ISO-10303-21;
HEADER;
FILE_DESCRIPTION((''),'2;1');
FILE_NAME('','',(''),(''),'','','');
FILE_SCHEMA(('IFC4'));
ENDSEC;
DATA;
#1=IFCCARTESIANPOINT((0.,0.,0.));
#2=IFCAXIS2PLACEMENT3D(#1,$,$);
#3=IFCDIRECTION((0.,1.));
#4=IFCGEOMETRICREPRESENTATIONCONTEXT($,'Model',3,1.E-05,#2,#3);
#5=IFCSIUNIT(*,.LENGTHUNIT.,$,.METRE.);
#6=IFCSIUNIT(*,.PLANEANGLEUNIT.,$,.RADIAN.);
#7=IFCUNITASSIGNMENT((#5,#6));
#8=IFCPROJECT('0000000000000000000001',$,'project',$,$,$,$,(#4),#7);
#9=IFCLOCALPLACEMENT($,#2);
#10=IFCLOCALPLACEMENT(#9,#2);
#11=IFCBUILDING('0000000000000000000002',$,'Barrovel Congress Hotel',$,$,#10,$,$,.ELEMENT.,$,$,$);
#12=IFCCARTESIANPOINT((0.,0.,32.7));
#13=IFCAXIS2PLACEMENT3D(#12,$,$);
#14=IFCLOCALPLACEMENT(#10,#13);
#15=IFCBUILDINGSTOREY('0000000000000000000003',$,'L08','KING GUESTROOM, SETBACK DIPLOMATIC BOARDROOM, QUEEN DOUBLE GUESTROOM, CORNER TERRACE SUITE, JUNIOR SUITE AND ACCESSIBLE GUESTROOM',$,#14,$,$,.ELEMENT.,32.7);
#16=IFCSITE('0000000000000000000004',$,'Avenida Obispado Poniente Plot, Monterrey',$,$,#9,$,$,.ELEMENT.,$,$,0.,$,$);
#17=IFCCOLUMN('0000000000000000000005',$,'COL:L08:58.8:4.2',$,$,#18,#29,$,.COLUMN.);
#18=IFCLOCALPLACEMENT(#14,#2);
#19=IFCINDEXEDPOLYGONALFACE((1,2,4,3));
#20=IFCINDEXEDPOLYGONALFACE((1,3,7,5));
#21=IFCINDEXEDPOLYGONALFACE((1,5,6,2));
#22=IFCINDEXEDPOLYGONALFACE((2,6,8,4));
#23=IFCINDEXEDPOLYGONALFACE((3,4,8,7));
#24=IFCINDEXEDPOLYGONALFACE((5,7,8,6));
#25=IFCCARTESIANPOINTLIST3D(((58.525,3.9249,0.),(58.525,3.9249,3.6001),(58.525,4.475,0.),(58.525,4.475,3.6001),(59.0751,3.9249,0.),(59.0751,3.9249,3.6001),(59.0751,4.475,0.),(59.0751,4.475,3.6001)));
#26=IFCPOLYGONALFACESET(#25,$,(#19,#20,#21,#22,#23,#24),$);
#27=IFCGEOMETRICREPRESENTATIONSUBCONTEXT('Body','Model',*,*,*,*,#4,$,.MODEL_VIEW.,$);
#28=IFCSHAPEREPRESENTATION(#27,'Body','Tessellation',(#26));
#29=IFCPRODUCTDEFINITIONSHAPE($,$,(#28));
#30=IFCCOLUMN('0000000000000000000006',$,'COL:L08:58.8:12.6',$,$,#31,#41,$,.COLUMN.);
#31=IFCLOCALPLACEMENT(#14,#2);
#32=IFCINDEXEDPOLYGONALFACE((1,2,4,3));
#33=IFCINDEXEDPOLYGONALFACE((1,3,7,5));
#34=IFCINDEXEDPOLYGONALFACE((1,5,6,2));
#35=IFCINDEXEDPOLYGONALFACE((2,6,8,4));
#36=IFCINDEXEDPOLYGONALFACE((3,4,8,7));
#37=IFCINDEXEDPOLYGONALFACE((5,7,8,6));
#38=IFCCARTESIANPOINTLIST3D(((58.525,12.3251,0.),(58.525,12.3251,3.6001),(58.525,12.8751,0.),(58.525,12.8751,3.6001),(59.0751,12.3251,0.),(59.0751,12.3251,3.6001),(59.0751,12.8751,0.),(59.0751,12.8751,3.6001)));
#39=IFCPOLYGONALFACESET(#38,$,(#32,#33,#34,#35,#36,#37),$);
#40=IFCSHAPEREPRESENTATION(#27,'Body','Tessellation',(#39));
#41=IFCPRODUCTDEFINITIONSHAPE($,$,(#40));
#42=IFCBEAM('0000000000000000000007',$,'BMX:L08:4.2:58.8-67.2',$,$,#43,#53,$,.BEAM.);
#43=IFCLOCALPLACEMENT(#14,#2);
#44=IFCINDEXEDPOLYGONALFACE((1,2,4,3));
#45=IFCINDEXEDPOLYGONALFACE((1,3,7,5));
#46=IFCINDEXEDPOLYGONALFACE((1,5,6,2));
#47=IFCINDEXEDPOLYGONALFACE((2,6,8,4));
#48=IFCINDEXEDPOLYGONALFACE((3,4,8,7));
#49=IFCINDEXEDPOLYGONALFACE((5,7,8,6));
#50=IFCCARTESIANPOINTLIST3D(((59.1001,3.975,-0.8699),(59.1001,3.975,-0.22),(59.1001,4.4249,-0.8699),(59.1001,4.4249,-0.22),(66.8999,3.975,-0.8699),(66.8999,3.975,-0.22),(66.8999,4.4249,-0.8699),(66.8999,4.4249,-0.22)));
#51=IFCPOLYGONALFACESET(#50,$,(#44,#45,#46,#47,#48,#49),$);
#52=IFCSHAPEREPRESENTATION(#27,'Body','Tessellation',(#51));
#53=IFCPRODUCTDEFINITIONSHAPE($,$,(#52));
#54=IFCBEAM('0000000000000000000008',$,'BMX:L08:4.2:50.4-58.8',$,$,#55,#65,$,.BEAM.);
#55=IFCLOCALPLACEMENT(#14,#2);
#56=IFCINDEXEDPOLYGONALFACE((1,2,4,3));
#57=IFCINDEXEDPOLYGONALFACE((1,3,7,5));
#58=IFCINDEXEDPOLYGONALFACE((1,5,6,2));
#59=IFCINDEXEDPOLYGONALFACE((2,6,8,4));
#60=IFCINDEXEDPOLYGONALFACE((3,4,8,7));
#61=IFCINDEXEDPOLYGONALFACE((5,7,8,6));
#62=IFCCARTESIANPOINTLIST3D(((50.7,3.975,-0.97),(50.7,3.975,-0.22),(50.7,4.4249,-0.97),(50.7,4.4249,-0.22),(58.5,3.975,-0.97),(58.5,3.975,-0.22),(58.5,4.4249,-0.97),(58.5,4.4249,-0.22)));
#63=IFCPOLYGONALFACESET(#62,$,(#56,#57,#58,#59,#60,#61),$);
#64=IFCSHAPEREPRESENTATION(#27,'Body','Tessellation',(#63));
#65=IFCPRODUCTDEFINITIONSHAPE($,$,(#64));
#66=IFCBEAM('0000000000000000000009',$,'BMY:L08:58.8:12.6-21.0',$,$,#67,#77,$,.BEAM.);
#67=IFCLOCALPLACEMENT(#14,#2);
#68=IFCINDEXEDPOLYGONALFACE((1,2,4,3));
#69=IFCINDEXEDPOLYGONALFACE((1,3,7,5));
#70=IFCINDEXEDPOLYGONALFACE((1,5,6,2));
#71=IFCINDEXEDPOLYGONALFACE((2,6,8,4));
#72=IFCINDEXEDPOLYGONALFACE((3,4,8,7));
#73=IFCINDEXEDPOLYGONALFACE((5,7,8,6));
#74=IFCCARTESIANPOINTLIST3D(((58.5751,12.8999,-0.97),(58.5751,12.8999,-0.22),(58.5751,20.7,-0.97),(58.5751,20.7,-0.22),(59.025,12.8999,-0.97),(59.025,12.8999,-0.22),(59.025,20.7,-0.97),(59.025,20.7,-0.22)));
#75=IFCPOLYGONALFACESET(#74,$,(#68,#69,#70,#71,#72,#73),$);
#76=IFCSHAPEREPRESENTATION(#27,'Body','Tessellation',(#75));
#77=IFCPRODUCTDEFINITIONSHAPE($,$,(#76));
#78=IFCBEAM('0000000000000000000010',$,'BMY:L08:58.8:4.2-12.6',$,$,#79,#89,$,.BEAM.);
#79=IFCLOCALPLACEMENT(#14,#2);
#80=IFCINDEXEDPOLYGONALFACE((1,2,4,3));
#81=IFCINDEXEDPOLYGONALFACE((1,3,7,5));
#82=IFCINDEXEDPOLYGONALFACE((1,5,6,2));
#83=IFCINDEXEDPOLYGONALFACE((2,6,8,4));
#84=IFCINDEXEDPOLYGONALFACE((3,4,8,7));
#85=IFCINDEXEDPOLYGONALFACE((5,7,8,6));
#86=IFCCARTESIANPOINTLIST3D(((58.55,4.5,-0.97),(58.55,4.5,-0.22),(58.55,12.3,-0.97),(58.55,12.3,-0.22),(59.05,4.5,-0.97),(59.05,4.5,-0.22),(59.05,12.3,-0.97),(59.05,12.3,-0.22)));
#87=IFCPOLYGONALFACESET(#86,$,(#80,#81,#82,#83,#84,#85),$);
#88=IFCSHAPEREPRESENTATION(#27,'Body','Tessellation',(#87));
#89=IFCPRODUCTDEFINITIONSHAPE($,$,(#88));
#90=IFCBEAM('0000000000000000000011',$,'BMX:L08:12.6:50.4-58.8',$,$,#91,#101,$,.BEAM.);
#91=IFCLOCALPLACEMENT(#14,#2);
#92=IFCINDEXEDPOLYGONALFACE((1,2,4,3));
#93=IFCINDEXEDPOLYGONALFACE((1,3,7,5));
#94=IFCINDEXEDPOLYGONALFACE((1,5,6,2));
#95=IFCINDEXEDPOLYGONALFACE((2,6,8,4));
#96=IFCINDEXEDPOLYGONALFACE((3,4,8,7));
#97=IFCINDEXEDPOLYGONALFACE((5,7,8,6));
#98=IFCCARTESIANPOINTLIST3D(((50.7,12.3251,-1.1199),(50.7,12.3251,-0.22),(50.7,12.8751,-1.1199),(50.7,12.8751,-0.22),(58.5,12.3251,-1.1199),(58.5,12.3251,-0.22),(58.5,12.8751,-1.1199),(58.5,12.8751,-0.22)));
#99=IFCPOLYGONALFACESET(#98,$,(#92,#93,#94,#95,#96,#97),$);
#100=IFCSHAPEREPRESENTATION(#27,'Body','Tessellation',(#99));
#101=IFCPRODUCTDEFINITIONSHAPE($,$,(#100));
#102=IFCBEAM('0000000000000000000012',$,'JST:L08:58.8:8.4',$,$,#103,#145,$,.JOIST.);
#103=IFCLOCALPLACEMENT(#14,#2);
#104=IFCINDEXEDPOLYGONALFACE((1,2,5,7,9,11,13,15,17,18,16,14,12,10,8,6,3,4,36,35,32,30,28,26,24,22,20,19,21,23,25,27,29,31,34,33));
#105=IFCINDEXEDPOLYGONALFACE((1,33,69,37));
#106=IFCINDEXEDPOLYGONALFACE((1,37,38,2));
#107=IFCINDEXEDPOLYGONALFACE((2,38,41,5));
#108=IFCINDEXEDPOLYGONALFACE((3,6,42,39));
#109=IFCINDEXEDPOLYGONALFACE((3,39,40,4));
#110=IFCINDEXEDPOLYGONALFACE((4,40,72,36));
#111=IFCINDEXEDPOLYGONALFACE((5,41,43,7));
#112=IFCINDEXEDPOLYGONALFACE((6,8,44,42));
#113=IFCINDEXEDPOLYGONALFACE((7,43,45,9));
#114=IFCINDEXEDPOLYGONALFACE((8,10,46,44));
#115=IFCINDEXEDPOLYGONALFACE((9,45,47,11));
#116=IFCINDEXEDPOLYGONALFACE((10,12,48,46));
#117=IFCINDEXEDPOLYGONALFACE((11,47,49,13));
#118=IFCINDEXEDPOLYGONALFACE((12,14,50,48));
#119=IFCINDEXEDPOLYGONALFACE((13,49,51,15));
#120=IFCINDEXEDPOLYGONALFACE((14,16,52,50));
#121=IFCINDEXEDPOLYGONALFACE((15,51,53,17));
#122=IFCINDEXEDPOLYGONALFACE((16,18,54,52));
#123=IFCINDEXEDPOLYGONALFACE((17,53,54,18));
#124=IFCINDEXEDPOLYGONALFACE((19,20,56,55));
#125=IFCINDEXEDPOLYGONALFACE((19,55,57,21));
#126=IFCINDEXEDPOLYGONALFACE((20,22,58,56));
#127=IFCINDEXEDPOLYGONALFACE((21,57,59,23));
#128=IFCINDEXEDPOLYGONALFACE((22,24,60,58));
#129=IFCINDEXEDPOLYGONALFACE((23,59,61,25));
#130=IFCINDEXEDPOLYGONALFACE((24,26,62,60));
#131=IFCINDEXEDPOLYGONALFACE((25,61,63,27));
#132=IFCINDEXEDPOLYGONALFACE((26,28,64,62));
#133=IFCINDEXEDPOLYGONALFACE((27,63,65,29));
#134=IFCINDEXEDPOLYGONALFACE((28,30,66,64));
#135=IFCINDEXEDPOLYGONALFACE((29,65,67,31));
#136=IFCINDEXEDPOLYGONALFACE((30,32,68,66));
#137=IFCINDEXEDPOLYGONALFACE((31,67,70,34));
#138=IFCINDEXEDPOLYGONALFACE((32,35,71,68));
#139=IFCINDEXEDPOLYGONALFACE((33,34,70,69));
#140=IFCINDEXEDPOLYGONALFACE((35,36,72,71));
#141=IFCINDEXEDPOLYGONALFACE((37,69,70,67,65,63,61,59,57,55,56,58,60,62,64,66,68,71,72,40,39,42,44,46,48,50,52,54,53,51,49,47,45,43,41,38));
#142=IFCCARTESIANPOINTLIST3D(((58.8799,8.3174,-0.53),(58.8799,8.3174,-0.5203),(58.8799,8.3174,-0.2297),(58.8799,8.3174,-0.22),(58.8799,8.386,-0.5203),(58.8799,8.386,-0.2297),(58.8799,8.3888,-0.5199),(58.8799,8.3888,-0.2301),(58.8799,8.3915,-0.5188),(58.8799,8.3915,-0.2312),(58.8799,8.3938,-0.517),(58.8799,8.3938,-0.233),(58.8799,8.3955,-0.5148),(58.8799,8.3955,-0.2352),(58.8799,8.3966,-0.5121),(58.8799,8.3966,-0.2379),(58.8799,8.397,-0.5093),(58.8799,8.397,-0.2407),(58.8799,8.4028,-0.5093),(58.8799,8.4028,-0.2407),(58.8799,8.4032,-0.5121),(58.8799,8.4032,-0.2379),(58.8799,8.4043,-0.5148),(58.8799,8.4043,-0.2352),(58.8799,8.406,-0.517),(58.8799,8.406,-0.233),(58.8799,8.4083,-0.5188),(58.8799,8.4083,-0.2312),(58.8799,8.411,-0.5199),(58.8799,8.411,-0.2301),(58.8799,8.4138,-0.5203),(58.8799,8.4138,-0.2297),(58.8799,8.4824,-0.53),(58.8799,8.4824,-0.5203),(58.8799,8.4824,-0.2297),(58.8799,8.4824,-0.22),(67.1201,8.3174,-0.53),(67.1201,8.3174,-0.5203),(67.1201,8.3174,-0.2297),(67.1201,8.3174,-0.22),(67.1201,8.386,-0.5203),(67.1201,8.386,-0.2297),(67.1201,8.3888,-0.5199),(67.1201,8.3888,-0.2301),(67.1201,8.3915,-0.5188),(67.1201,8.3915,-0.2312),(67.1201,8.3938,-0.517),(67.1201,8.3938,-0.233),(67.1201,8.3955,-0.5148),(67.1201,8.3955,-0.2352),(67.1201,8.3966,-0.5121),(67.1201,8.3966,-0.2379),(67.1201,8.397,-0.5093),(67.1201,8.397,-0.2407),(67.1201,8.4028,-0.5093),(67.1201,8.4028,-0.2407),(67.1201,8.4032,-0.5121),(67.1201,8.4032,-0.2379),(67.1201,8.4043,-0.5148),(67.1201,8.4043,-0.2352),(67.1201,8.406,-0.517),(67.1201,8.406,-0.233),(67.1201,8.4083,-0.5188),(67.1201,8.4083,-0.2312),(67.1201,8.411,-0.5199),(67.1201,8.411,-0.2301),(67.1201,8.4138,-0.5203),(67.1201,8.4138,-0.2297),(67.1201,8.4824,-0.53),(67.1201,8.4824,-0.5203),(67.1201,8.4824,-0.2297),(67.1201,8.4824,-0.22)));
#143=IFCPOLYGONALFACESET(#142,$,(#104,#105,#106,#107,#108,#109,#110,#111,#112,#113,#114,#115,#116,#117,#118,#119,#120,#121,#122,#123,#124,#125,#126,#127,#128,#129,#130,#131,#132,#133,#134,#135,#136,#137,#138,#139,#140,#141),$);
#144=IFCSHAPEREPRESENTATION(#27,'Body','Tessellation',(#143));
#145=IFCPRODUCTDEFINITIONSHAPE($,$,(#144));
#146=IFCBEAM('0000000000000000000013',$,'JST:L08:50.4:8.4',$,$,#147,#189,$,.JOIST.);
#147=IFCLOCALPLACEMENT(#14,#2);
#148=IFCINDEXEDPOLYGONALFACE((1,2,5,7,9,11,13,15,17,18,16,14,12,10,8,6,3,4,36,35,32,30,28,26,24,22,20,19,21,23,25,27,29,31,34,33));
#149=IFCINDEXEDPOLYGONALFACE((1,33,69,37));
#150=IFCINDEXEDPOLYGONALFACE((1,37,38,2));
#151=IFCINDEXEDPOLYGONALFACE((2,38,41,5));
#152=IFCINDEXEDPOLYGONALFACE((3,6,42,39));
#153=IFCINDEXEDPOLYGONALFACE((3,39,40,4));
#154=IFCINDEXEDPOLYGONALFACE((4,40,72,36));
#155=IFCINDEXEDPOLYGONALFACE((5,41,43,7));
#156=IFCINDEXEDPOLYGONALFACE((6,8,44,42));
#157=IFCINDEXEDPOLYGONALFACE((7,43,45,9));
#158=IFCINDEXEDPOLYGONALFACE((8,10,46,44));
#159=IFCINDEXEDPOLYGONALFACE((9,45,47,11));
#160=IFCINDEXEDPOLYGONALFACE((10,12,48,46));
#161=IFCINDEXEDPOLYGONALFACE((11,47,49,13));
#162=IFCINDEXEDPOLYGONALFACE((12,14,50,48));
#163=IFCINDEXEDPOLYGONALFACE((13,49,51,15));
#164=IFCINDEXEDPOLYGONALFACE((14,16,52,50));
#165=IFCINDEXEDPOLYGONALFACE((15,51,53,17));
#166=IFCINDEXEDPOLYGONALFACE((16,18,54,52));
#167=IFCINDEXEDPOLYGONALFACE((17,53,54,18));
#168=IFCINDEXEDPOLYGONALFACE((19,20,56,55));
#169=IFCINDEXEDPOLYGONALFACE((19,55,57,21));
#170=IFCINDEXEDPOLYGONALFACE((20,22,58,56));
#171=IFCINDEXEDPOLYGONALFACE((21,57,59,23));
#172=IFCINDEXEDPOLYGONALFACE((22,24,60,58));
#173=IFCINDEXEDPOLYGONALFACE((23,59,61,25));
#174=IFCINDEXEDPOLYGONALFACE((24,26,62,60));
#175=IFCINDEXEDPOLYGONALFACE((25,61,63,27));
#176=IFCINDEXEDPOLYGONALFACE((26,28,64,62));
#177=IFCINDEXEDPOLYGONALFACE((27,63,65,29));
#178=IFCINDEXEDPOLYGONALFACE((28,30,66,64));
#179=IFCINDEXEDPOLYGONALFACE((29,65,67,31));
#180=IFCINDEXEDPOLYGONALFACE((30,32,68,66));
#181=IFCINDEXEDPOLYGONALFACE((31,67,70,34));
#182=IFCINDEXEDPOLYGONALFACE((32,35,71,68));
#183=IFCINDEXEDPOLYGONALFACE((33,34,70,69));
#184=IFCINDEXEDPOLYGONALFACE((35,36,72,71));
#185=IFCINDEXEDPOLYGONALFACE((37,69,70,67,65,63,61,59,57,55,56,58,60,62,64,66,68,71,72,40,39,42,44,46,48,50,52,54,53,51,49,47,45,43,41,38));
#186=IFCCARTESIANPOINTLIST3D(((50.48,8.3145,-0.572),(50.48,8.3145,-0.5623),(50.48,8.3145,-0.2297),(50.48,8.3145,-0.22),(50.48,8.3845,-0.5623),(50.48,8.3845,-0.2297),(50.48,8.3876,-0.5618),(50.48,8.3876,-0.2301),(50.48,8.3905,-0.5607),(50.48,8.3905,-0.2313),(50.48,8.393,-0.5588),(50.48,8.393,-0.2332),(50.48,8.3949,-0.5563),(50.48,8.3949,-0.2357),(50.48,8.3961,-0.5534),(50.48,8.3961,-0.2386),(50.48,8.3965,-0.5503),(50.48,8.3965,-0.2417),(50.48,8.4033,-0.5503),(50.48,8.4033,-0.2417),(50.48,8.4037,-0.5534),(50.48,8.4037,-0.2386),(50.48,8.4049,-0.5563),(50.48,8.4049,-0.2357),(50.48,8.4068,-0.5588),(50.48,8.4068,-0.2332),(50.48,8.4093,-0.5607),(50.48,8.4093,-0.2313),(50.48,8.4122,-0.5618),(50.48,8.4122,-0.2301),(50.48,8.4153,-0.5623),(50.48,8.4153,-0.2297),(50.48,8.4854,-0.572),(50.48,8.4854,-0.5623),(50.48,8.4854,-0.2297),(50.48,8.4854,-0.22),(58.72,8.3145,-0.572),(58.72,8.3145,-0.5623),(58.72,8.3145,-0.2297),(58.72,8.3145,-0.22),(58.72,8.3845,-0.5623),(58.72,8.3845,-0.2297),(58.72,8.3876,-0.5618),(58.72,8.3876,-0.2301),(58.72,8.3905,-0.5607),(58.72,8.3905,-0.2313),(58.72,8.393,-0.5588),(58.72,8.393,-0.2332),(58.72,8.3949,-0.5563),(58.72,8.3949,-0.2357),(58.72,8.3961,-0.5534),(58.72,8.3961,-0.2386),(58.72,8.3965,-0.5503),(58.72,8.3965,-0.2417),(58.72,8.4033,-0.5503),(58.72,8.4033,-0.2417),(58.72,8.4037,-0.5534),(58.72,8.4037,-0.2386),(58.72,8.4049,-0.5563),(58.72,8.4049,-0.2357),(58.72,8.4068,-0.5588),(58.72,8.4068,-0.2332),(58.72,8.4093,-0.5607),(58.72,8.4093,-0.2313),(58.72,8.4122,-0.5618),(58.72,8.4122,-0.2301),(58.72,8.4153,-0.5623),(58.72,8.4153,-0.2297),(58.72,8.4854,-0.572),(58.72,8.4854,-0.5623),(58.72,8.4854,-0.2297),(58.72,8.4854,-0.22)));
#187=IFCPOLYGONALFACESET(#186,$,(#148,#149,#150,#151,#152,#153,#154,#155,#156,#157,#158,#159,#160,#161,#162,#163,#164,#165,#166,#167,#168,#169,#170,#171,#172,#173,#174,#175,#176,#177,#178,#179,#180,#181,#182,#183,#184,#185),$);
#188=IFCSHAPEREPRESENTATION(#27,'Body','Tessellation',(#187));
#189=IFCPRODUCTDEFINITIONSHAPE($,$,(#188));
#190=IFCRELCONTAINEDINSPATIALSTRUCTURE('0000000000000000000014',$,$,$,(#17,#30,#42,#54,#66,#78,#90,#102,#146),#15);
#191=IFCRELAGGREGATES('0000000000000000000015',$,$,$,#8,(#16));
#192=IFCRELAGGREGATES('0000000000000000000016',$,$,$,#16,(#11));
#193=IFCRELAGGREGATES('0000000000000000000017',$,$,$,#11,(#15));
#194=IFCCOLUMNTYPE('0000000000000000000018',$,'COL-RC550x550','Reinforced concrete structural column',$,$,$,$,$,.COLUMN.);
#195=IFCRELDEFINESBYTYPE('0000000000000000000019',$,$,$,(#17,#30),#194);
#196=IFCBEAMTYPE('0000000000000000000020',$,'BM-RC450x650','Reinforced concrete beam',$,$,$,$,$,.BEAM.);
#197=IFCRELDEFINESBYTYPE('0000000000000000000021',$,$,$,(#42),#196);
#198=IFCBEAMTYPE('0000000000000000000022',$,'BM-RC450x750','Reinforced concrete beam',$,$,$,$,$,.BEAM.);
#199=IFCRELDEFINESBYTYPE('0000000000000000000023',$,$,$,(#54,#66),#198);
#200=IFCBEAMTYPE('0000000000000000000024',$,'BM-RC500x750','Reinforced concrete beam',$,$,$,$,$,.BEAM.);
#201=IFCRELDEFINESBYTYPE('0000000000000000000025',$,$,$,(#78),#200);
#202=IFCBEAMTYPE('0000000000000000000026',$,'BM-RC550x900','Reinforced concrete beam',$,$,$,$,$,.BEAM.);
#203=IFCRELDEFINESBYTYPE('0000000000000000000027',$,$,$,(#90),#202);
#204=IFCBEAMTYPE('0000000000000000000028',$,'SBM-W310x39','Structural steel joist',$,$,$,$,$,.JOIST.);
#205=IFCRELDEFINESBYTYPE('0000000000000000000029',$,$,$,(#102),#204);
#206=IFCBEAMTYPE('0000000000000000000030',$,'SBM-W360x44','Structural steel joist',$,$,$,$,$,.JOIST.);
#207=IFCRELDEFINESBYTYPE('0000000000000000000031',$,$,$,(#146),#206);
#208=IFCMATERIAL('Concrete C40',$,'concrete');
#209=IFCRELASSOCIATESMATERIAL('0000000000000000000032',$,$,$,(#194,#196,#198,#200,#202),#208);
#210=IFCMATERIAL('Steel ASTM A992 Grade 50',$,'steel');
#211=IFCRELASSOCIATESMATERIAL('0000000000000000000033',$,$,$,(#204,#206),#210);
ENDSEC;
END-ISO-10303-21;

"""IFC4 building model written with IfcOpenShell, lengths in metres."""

from ifc_helpers import new_model, si_unit, direction, frame, origin, origin_2d, place, context, subcontext, project, spatial, rectangle, i_section, extrude, material, material_profile, profile_set, type_object, element, save


model = new_model("IFC4")

# Units and contexts
model_context = context("Model", 3, precision=1e-05, world=origin(), true_north=direction((0.0, 1.0)))
body_context = subcontext(model_context, "Body", "Model", "MODEL_VIEW")
ifc_project = project(units=[si_unit("LENGTHUNIT", "METRE"), si_unit("PLANEANGLEUNIT", "RADIAN")], contexts=[model_context])

# Site, building, storey
site_placement = place(None, origin())
site = spatial("IfcSite", under=ifc_project, at=site_placement, Name="Avenida Obispado Poniente Plot, Monterrey", CompositionType="ELEMENT", RefElevation=0.0)
building_placement = place(site_placement, origin())
building = spatial("IfcBuilding", under=site, at=building_placement, Name="Barrovel Congress Hotel", CompositionType="ELEMENT")
storey_placement = place(building_placement, frame((0.0, 0.0, 32.7)))
storey = spatial("IfcBuildingStorey", under=building, at=storey_placement, Name="L08", Description="KING GUESTROOM, SETBACK DIPLOMATIC BOARDROOM, QUEEN DOUBLE GUESTROOM, CORNER TERRACE SUITE, JUNIOR SUITE AND ACCESSIBLE GUESTROOM", CompositionType="ELEMENT", Elevation=32.7)

# Columns
ifc_material_1 = material(Name="Concrete C40", Category="concrete")
ifc_material_profile_1 = material_profile(ifc_material_1, rectangle(XDim=0.55, YDim=0.55, at=origin_2d()), Name="RC550x550")
ifc_profile_set_1 = profile_set([ifc_material_profile_1], Name="Concrete C40")
column_type = type_object("IfcColumnType", Name="COL-RC550x550", Description="Reinforced concrete structural column", PredefinedType="COLUMN", material=ifc_profile_set_1)
for number, where, z_axis, x_axis, name in (
    (1, (58.8, 4.2, 0.0), (0.0, 0.0, 1.0), (1.0, 0.0, 0.0), "COL:L08:58.8:4.2"),
    (2, (58.8, 12.6001, 0.0), (0.0, 0.0, 1.0), (1.0, 0.0, 0.0), "COL:L08:58.8:12.6"),
):
    element("IfcColumn", number, at=place(storey_placement, frame(where, z_axis=z_axis, x_axis=x_axis)), inside=storey, type_object=column_type, Name=name, PredefinedType="COLUMN", context=body_context, shape_type="SweptSolid", body=[
        extrude(rectangle(XDim=0.55, YDim=0.55, at=origin_2d()), origin(), (0.0, 0.0, 1.0), 3.6001),
    ])

# Beams
ifc_material_profile_2 = material_profile(ifc_material_1, rectangle(XDim=0.45, YDim=0.6499, at=origin_2d()), Name="RC450x650")
ifc_profile_set_2 = profile_set([ifc_material_profile_2], Name="Concrete C40")
beam_type_1 = type_object("IfcBeamType", Name="BM-RC450x650", Description="Reinforced concrete beam", PredefinedType="BEAM", material=ifc_profile_set_2)
beam_1_placement = place(storey_placement, frame((59.1001, 4.2, -0.5449), z_axis=(1.0, 0.0, 0.0), x_axis=(0.0, 1.0, 0.0)))
element("IfcBeam", 3, at=beam_1_placement, inside=storey, type_object=beam_type_1, Name="BMX:L08:4.2:58.8-67.2", PredefinedType="BEAM", context=body_context, shape_type="SweptSolid", body=[
    extrude(rectangle(XDim=0.45, YDim=0.6499, at=origin_2d()), origin(), (0.0, 0.0, 1.0), 7.7998),
])
ifc_material_profile_3 = material_profile(ifc_material_1, rectangle(XDim=0.45, YDim=0.75, at=origin_2d()), Name="RC450x750")
ifc_profile_set_3 = profile_set([ifc_material_profile_3], Name="Concrete C40")
beam_type_2 = type_object("IfcBeamType", Name="BM-RC450x750", Description="Reinforced concrete beam", PredefinedType="BEAM", material=ifc_profile_set_3)
for number, where, z_axis, x_axis, name in (
    (4, (50.7, 4.2, -0.595), (1.0, 0.0, 0.0), (0.0, 1.0, 0.0), "BMX:L08:4.2:50.4-58.8"),
    (5, (58.8, 12.8999, -0.595), (0.0, 1.0, 0.0), (-1.0, 0.0, 0.0), "BMY:L08:58.8:12.6-21.0"),
):
    element("IfcBeam", number, at=place(storey_placement, frame(where, z_axis=z_axis, x_axis=x_axis)), inside=storey, type_object=beam_type_2, Name=name, PredefinedType="BEAM", context=body_context, shape_type="SweptSolid", body=[
        extrude(rectangle(XDim=0.45, YDim=0.75, at=origin_2d()), origin(), (0.0, 0.0, 1.0), 7.8),
    ])
ifc_material_profile_4 = material_profile(ifc_material_1, rectangle(XDim=0.5, YDim=0.75, at=origin_2d()), Name="RC500x750")
ifc_profile_set_4 = profile_set([ifc_material_profile_4], Name="Concrete C40")
beam_type_3 = type_object("IfcBeamType", Name="BM-RC500x750", Description="Reinforced concrete beam", PredefinedType="BEAM", material=ifc_profile_set_4)
beam_2_placement = place(storey_placement, frame((58.8, 4.5, -0.595), z_axis=(0.0, 1.0, 0.0), x_axis=(-1.0, 0.0, 0.0)))
element("IfcBeam", 6, at=beam_2_placement, inside=storey, type_object=beam_type_3, Name="BMY:L08:58.8:4.2-12.6", PredefinedType="BEAM", context=body_context, shape_type="SweptSolid", body=[
    extrude(rectangle(XDim=0.5, YDim=0.75, at=origin_2d()), origin(), (0.0, 0.0, 1.0), 7.8),
])
ifc_material_profile_5 = material_profile(ifc_material_1, rectangle(XDim=0.55, YDim=0.8999, at=origin_2d()), Name="RC550x900")
ifc_profile_set_5 = profile_set([ifc_material_profile_5], Name="Concrete C40")
beam_type_4 = type_object("IfcBeamType", Name="BM-RC550x900", Description="Reinforced concrete beam", PredefinedType="BEAM", material=ifc_profile_set_5)
beam_3_placement = place(storey_placement, frame((50.7, 12.6001, -0.6699), z_axis=(1.0, 0.0, 0.0), x_axis=(0.0, 1.0, 0.0)))
element("IfcBeam", 7, at=beam_3_placement, inside=storey, type_object=beam_type_4, Name="BMX:L08:12.6:50.4-58.8", PredefinedType="BEAM", context=body_context, shape_type="SweptSolid", body=[
    extrude(rectangle(XDim=0.55, YDim=0.8999, at=origin_2d()), origin(), (0.0, 0.0, 1.0), 7.8),
])
ifc_material_2 = material(Name="Steel ASTM A992 Grade 50", Category="steel")
ifc_material_profile_6 = material_profile(ifc_material_2, i_section(OverallWidth=0.165, OverallDepth=0.3101, WebThickness=0.0059, FlangeThickness=0.0098, FilletRadius=0.011, at=origin_2d()), Name="W310x39")
ifc_profile_set_6 = profile_set([ifc_material_profile_6], Name="Steel ASTM A992 Grade 50")
beam_type_5 = type_object("IfcBeamType", Name="SBM-W310x39", Description="Structural steel joist", PredefinedType="JOIST", material=ifc_profile_set_6)
beam_4_placement = place(storey_placement, frame((58.8799, 8.3999, -0.375), z_axis=(1.0, 0.0, 0.0), x_axis=(0.0, 1.0, 0.0)))
element("IfcBeam", 8, at=beam_4_placement, inside=storey, type_object=beam_type_5, Name="JST:L08:58.8:8.4", PredefinedType="JOIST", context=body_context, shape_type="SweptSolid", body=[
    extrude(i_section(OverallWidth=0.165, OverallDepth=0.3101, WebThickness=0.0059, FlangeThickness=0.0098, FilletRadius=0.011, at=origin_2d()), origin(), (0.0, 0.0, 1.0), 8.2402),
])
ifc_material_profile_7 = material_profile(ifc_material_2, i_section(OverallWidth=0.1709, OverallDepth=0.3521, WebThickness=0.0068, FlangeThickness=0.0098, FilletRadius=0.012, at=origin_2d()), Name="W360x44")
ifc_profile_set_7 = profile_set([ifc_material_profile_7], Name="Steel ASTM A992 Grade 50")
beam_type_6 = type_object("IfcBeamType", Name="SBM-W360x44", Description="Structural steel joist", PredefinedType="JOIST", material=ifc_profile_set_7)
beam_5_placement = place(storey_placement, frame((50.48, 8.3999, -0.396), z_axis=(1.0, 0.0, 0.0), x_axis=(0.0, 1.0, 0.0)))
element("IfcBeam", 9, at=beam_5_placement, inside=storey, type_object=beam_type_6, Name="JST:L08:50.4:8.4", PredefinedType="JOIST", context=body_context, shape_type="SweptSolid", body=[
    extrude(i_section(OverallWidth=0.1709, OverallDepth=0.3521, WebThickness=0.0068, FlangeThickness=0.0098, FilletRadius=0.012, at=origin_2d()), origin(), (0.0, 0.0, 1.0), 8.24),
])

save(model, "model.ifc")
